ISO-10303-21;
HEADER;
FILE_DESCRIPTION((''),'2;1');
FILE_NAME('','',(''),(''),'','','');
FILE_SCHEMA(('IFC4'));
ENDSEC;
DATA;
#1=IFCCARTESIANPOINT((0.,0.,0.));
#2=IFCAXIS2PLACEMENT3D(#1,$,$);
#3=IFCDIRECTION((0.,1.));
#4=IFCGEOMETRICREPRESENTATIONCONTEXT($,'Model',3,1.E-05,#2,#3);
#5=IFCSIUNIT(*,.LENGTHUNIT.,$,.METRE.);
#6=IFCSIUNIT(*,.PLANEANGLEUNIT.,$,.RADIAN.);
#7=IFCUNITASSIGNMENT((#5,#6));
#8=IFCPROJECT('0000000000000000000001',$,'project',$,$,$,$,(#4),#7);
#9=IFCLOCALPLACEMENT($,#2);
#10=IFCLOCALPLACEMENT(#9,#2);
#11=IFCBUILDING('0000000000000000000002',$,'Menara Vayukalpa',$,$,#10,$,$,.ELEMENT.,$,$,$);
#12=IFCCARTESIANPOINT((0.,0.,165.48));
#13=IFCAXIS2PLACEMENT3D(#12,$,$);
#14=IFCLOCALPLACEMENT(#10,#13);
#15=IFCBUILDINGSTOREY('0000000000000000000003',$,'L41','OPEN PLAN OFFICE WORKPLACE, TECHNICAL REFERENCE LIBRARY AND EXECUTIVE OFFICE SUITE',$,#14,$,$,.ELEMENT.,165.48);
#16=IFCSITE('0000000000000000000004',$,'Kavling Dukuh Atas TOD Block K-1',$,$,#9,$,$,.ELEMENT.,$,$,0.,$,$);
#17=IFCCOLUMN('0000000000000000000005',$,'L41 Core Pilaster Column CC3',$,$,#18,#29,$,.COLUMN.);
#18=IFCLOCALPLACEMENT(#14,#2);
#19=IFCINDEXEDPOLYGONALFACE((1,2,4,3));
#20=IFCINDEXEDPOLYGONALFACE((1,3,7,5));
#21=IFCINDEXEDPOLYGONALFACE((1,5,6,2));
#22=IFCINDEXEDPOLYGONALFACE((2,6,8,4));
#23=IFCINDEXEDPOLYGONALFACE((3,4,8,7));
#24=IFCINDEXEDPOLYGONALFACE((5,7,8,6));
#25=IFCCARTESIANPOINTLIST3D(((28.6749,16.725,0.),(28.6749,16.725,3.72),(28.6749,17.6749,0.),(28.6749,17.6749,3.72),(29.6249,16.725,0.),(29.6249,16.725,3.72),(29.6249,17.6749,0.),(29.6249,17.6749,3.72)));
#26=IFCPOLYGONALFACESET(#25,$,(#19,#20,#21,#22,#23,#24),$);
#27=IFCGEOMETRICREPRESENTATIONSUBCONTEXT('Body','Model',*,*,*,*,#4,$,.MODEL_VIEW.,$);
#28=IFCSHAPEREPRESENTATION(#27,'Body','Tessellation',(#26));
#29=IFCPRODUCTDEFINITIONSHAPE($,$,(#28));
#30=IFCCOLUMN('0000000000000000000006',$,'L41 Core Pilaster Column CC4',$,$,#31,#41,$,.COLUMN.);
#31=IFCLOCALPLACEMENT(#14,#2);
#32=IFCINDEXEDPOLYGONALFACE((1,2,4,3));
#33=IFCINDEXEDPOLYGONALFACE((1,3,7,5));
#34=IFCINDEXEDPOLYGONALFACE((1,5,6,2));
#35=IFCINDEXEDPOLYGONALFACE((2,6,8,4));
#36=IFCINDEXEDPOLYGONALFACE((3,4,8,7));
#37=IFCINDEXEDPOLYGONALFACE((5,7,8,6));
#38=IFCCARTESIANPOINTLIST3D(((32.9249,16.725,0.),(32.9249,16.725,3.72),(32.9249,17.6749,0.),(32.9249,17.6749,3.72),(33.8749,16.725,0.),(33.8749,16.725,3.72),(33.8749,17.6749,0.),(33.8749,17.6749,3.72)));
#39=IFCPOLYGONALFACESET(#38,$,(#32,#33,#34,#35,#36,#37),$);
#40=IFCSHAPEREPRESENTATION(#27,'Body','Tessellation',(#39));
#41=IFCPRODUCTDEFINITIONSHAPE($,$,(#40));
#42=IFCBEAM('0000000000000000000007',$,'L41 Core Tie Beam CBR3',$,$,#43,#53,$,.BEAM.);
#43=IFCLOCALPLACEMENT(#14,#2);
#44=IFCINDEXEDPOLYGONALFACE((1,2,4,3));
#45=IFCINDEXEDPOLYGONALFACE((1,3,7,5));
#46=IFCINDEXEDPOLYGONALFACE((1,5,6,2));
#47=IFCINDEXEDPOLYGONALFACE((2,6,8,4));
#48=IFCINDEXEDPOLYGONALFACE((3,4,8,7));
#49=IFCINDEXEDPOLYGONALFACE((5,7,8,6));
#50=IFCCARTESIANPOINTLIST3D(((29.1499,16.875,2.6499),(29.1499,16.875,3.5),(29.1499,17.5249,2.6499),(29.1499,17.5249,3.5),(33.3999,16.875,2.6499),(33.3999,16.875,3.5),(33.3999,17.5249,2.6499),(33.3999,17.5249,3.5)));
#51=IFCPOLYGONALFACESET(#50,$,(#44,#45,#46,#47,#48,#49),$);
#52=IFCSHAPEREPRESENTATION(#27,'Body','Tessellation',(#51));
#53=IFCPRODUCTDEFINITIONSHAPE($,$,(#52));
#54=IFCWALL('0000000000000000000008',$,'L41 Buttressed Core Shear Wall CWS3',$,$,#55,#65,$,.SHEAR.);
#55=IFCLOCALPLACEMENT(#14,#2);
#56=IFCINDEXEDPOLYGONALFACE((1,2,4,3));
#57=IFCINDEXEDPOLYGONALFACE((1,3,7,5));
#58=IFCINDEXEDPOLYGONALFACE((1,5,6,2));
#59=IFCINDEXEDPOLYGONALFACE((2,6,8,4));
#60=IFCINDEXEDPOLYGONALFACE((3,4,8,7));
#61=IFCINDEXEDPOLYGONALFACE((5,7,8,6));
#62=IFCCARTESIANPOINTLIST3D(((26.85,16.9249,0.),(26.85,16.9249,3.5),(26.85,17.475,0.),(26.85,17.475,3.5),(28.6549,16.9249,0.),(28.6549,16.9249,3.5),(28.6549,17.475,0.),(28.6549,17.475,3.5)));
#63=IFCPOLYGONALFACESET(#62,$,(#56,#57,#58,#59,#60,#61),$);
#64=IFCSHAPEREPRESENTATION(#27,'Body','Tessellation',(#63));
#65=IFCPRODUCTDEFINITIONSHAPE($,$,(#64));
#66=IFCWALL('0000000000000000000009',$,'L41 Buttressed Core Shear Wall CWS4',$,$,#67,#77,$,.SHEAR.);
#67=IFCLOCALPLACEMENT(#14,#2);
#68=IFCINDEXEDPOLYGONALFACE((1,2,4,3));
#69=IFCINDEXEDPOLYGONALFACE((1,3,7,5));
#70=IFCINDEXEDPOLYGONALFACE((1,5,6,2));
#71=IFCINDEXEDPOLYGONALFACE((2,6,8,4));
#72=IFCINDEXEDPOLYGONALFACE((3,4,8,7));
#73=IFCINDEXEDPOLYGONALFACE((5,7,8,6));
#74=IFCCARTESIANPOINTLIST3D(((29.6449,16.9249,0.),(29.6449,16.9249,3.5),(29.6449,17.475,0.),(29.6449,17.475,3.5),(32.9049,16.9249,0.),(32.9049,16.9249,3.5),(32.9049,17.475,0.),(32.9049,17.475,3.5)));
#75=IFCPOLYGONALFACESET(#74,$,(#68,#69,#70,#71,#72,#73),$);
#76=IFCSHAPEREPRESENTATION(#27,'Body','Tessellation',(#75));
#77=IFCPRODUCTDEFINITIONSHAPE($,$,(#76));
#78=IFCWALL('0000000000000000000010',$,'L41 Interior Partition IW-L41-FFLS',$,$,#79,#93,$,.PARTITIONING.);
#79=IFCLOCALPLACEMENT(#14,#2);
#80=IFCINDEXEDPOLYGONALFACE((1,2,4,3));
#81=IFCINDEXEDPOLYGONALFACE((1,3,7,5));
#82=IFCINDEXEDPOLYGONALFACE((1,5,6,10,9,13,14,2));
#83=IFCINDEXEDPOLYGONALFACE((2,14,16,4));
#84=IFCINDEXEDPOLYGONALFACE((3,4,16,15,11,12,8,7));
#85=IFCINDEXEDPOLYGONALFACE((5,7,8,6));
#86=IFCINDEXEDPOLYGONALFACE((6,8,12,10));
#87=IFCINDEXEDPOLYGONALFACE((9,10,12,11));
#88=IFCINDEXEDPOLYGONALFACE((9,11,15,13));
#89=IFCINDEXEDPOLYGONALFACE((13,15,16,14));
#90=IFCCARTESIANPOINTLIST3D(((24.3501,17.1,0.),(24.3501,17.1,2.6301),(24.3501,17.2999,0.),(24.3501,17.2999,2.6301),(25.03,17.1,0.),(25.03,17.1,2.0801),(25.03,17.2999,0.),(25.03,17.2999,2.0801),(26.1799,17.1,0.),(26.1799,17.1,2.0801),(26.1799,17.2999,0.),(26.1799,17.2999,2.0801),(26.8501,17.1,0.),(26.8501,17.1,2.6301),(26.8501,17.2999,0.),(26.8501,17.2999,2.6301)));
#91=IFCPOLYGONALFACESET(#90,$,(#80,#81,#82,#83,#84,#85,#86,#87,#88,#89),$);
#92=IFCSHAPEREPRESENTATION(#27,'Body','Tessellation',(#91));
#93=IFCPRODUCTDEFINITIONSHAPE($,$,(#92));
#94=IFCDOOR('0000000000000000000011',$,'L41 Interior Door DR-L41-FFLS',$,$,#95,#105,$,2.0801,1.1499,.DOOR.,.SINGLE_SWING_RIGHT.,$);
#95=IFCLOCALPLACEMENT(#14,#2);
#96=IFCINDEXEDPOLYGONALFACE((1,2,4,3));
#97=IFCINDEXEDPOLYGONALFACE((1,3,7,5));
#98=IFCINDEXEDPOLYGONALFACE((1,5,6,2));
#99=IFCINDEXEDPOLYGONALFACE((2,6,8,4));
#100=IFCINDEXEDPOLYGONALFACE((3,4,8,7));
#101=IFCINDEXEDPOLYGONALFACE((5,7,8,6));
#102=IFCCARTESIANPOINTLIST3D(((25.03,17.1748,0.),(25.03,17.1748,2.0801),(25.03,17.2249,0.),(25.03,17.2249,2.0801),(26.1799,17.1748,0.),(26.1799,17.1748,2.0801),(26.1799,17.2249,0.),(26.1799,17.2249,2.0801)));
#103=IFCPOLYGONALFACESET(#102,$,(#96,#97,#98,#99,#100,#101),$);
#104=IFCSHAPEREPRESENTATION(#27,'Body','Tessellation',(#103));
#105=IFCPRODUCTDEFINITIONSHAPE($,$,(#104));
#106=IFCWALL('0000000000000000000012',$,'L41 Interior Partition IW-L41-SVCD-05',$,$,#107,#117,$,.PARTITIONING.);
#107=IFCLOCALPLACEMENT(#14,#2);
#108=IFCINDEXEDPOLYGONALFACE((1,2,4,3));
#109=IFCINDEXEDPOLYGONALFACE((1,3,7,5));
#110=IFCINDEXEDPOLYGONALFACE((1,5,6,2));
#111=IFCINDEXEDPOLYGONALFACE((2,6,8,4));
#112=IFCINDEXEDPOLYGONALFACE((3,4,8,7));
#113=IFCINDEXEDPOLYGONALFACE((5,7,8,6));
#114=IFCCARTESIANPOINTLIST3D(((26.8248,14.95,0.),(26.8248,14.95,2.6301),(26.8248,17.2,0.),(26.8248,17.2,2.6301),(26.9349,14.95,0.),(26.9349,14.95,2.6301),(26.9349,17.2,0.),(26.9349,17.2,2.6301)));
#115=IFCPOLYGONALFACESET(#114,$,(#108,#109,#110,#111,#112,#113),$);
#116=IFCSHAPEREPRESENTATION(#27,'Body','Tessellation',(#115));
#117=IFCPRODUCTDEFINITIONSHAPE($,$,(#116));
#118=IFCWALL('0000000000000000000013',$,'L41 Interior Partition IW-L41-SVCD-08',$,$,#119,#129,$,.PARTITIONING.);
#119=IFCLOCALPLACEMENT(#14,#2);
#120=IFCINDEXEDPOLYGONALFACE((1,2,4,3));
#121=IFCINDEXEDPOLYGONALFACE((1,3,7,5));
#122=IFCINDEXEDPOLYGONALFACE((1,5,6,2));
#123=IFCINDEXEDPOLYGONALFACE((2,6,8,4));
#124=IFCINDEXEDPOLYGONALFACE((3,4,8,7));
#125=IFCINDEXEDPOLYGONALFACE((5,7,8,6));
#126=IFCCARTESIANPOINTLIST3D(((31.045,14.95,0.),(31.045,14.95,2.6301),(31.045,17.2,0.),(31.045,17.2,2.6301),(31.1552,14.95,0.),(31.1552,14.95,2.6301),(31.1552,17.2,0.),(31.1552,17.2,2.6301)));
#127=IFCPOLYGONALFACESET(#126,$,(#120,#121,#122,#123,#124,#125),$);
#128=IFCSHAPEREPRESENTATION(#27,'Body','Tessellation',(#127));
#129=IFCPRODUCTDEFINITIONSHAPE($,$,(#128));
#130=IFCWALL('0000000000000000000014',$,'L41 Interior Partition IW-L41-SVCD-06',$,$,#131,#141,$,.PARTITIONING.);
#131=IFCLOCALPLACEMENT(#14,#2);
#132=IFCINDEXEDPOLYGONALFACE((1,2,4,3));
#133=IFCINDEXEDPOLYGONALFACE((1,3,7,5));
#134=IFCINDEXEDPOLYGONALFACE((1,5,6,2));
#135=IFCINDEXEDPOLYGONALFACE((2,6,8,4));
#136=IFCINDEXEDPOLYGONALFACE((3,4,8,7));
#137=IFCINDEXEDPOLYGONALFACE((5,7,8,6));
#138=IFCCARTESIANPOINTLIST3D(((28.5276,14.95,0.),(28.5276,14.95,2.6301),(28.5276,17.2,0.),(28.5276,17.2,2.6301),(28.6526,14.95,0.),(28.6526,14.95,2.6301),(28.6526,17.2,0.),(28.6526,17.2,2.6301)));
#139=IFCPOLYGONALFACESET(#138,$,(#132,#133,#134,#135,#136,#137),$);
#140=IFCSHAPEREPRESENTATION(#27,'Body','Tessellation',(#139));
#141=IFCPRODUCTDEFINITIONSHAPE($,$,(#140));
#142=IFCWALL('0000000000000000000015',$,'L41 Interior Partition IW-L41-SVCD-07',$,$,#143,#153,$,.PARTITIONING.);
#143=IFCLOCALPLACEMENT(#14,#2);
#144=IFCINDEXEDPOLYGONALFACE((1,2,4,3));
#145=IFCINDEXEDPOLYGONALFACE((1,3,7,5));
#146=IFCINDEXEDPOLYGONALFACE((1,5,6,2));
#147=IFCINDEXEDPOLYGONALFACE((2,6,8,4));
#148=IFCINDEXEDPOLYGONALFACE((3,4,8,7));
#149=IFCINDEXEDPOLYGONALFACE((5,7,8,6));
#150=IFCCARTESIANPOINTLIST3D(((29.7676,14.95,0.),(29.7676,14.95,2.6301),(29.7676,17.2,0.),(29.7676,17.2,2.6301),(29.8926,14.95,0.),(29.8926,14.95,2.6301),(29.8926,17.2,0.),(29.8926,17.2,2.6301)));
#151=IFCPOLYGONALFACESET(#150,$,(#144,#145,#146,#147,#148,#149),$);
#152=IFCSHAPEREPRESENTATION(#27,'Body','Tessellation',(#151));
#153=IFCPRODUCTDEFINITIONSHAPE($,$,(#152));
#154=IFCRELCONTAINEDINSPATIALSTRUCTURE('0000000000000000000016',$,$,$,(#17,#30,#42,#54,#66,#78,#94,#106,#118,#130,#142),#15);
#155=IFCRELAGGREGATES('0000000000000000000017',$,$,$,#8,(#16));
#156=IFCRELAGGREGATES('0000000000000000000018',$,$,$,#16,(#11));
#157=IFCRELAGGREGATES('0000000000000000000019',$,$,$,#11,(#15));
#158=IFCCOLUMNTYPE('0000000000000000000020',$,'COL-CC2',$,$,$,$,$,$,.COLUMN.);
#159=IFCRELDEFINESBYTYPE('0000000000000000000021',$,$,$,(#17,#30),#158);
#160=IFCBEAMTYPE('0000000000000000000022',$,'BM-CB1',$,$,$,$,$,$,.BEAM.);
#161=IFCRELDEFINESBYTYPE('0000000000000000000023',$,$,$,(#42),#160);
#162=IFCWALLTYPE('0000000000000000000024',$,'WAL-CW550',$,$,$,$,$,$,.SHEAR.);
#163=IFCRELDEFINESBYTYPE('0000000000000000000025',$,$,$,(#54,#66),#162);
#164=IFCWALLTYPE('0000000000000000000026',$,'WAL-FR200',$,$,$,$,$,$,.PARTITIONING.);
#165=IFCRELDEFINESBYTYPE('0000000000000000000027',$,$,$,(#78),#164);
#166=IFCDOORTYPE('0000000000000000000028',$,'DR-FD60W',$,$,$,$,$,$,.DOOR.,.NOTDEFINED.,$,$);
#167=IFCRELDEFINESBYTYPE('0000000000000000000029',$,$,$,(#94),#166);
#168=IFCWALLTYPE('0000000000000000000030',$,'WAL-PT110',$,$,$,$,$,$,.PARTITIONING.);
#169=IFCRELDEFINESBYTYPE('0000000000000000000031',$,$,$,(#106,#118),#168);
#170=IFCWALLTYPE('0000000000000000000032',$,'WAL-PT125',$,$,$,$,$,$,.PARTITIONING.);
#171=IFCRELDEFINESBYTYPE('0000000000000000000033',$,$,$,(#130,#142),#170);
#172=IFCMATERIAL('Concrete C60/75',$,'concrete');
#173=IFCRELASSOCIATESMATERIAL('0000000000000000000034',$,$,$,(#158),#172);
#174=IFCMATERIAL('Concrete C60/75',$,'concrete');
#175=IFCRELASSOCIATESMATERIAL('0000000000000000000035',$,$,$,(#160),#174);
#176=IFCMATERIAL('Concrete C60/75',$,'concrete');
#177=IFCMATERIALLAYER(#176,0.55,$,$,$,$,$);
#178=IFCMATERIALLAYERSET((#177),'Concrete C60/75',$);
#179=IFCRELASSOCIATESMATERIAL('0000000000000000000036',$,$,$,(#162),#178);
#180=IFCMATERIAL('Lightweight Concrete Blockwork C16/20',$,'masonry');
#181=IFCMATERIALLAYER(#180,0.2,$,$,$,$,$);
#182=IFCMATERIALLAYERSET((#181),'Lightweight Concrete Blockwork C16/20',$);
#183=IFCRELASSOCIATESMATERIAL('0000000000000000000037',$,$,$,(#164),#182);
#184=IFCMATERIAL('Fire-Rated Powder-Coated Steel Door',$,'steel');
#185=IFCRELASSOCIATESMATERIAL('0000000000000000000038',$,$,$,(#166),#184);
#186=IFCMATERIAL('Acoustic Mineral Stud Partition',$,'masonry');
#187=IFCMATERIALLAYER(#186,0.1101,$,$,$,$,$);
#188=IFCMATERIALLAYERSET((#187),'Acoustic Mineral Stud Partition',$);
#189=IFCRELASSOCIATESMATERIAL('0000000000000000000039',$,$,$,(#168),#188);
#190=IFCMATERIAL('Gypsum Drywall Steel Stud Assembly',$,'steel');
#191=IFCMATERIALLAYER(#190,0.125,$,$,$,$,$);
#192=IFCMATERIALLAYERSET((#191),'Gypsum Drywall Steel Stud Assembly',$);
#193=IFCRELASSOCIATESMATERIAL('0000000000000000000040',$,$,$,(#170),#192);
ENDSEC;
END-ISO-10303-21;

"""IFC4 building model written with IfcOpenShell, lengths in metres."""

from ifc_helpers import new_model, si_unit, direction, frame, frame_2d, origin, origin_2d, place, context, subcontext, project, spatial, rectangle, extrude, material, layer, layer_set, material_profile, profile_set, type_object, element, fill, save


model = new_model("IFC4")

# Units and contexts
model_context = context("Model", 3, precision=1e-05, world=origin(), true_north=direction((0.0, 1.0)))
body_context = subcontext(model_context, "Body", "Model", "MODEL_VIEW")
ifc_project = project(units=[si_unit("LENGTHUNIT", "METRE"), si_unit("PLANEANGLEUNIT", "RADIAN")], contexts=[model_context])

# Site, building, storey
site_placement = place(None, origin())
site = spatial("IfcSite", under=ifc_project, at=site_placement, Name="Kavling Dukuh Atas TOD Block K-1", CompositionType="ELEMENT", RefElevation=0.0)
building_placement = place(site_placement, origin())
building = spatial("IfcBuilding", under=site, at=building_placement, Name="Menara Vayukalpa", CompositionType="ELEMENT")
storey_placement = place(building_placement, frame((0.0, 0.0, 165.48)))
storey = spatial("IfcBuildingStorey", under=building, at=storey_placement, Name="L41", Description="OPEN PLAN OFFICE WORKPLACE, TECHNICAL REFERENCE LIBRARY AND EXECUTIVE OFFICE SUITE", CompositionType="ELEMENT", Elevation=165.48)

# Columns
ifc_material_1 = material(Name="Concrete C60/75", Category="concrete")
ifc_material_profile_1 = material_profile(ifc_material_1, rectangle(XDim=0.95, YDim=0.95, at=origin_2d()), Name="RC 950x950")
ifc_profile_set_1 = profile_set([ifc_material_profile_1], Name="Concrete C60/75")
column_type = type_object("IfcColumnType", Name="COL-CC2", PredefinedType="COLUMN", material=ifc_profile_set_1)
for number, where, z_axis, x_axis, name in (
    (1, (29.1499, 17.2, 0.0), (0.0, 0.0, 1.0), (1.0, 0.0, 0.0), "L41 Core Pilaster Column CC3"),
    (2, (33.3999, 17.2, 0.0), (0.0, 0.0, 1.0), (1.0, 0.0, 0.0), "L41 Core Pilaster Column CC4"),
):
    element("IfcColumn", number, at=place(storey_placement, frame(where, z_axis=z_axis, x_axis=x_axis)), inside=storey, type_object=column_type, Name=name, PredefinedType="COLUMN", context=body_context, shape_type="SweptSolid", body=[
        extrude(rectangle(XDim=0.95, YDim=0.95, at=origin_2d()), origin(), (0.0, 0.0, 1.0), 3.72),
    ])

# Beam
ifc_material_2 = material(Name="Concrete C60/75", Category="concrete")
ifc_material_profile_2 = material_profile(ifc_material_2, rectangle(XDim=0.6499, YDim=0.8501, at=origin_2d()), Name="RC 650x850")
ifc_profile_set_2 = profile_set([ifc_material_profile_2], Name="Concrete C60/75")
beam_type = type_object("IfcBeamType", Name="BM-CB1", PredefinedType="BEAM", material=ifc_profile_set_2)
beam_placement = place(storey_placement, frame((29.1499, 17.2, 3.075), z_axis=(1.0, 0.0, 0.0), x_axis=(0.0, 1.0, 0.0)))
element("IfcBeam", 3, at=beam_placement, inside=storey, type_object=beam_type, Name="L41 Core Tie Beam CBR3", PredefinedType="BEAM", context=body_context, shape_type="SweptSolid", body=[
    extrude(rectangle(XDim=0.6499, YDim=0.8501, at=origin_2d()), origin(), (0.0, 0.0, 1.0), 4.25),
])

# Walls
ifc_material_3 = material(Name="Concrete C60/75", Category="concrete")
ifc_layer_1 = layer(ifc_material_3, 0.55)
ifc_layer_set_1 = layer_set([ifc_layer_1], Name="Concrete C60/75")
wall_type_1 = type_object("IfcWallType", Name="WAL-CW550", PredefinedType="SHEAR", material=ifc_layer_set_1)
wall_1_placement = place(storey_placement, frame((26.8501, 17.2, 0.0), z_axis=(0.0, 0.0, 1.0), x_axis=(1.0, 0.0, 0.0)))
element("IfcWall", 4, at=wall_1_placement, inside=storey, type_object=wall_type_1, Name="L41 Buttressed Core Shear Wall CWS3", PredefinedType="SHEAR", context=body_context, shape_type="SweptSolid", body=[
    extrude(rectangle(XDim=1.8049, YDim=0.55, at=frame_2d((0.9023, 0.0))), origin(), (0.0, 0.0, 1.0), 3.5),
])
wall_2_placement = place(storey_placement, frame((29.645, 17.2, 0.0), z_axis=(0.0, 0.0, 1.0), x_axis=(1.0, 0.0, 0.0)))
element("IfcWall", 5, at=wall_2_placement, inside=storey, type_object=wall_type_1, Name="L41 Buttressed Core Shear Wall CWS4", PredefinedType="SHEAR", context=body_context, shape_type="SweptSolid", body=[
    extrude(rectangle(XDim=3.26, YDim=0.55, at=frame_2d((1.6299, 0.0))), origin(), (0.0, 0.0, 1.0), 3.5),
])

# Wall, opening, door
ifc_material_4 = material(Name="Lightweight Concrete Blockwork C16/20", Category="masonry")
ifc_layer_2 = layer(ifc_material_4, 0.2)
ifc_layer_set_2 = layer_set([ifc_layer_2], Name="Lightweight Concrete Blockwork C16/20")
wall_type_2 = type_object("IfcWallType", Name="WAL-FR200", PredefinedType="PARTITIONING", material=ifc_layer_set_2)
wall_3_placement = place(storey_placement, frame((24.3501, 17.2, 0.0), z_axis=(0.0, 0.0, 1.0), x_axis=(1.0, 0.0, 0.0)))
wall_3 = element("IfcWall", 6, at=wall_3_placement, inside=storey, type_object=wall_type_2, Name="L41 Interior Partition IW-L41-FFLS", PredefinedType="PARTITIONING", context=body_context, shape_type="SweptSolid", body=[
    extrude(rectangle(XDim=2.5, YDim=0.2, at=frame_2d((1.25, 0.0))), origin(), (0.0, 0.0, 1.0), 2.6301),
])
opening_1_placement = place(wall_3_placement, frame((0.6799, 0.0, 0.0)))
opening_1 = element("IfcOpeningElement", 7, at=opening_1_placement, cuts=wall_3, PredefinedType="OPENING", context=body_context, shape_type="SweptSolid", body=[
    extrude(rectangle(XDim=1.1499, YDim=2.0801, at=frame_2d((0.575, 1.04))), frame((0.0, 0.1099, 0.0), z_axis=(0.0, -1.0, 0.0), x_axis=(1.0, 0.0, 0.0)), (0.0, 0.0, 1.0), 0.22),
])
ifc_material_5 = material(Name="Fire-Rated Powder-Coated Steel Door", Category="steel")
door_type_1 = type_object("IfcDoorType", Name="DR-FD60W", OperationType="NOTDEFINED", PredefinedType="DOOR", material=ifc_material_5)
door_1_placement = place(opening_1_placement, origin())
door_1 = element("IfcDoor", 8, at=door_1_placement, inside=storey, type_object=door_type_1, Name="L41 Interior Door DR-L41-FFLS", OperationType="SINGLE_SWING_RIGHT", OverallHeight=2.0801, OverallWidth=1.1499, PredefinedType="DOOR", context=body_context, shape_type="SweptSolid", body=[
    extrude(rectangle(XDim=1.1499, YDim=2.0801, at=frame_2d((0.575, 1.04))), frame((0.0, 0.0249, 0.0), z_axis=(0.0, -1.0, 0.0), x_axis=(1.0, 0.0, 0.0)), (0.0, 0.0, 1.0), 0.05),
])
fill(opening_1, door_1)

# Walls
ifc_material_6 = material(Name="Acoustic Mineral Stud Partition", Category="masonry")
ifc_layer_3 = layer(ifc_material_6, 0.1101)
ifc_layer_set_3 = layer_set([ifc_layer_3], Name="Acoustic Mineral Stud Partition")
wall_type_3 = type_object("IfcWallType", Name="WAL-PT110", PredefinedType="PARTITIONING", material=ifc_layer_set_3)
for number, where, z_axis, x_axis, name in (
    (9, (26.8799, 14.95, 0.0), (0.0, 0.0, 1.0), (0.0, 1.0, 0.0), "L41 Interior Partition IW-L41-SVCD-05"),
    (10, (31.1001, 14.95, 0.0), (0.0, 0.0, 1.0), (0.0, 1.0, 0.0), "L41 Interior Partition IW-L41-SVCD-08"),
):
    element("IfcWall", number, at=place(storey_placement, frame(where, z_axis=z_axis, x_axis=x_axis)), inside=storey, type_object=wall_type_3, Name=name, PredefinedType="PARTITIONING", context=body_context, shape_type="SweptSolid", body=[
        extrude(rectangle(XDim=2.25, YDim=0.1101, at=frame_2d((1.125, 0.0))), origin(), (0.0, 0.0, 1.0), 2.6301),
    ])
ifc_material_7 = material(Name="Gypsum Drywall Steel Stud Assembly", Category="steel")
ifc_layer_4 = layer(ifc_material_7, 0.125)
ifc_layer_set_4 = layer_set([ifc_layer_4], Name="Gypsum Drywall Steel Stud Assembly")
wall_type_4 = type_object("IfcWallType", Name="WAL-PT125", PredefinedType="PARTITIONING", material=ifc_layer_set_4)
for number, where, z_axis, x_axis, name in (
    (11, (28.5901, 14.95, 0.0), (0.0, 0.0, 1.0), (0.0, 1.0, 0.0), "L41 Interior Partition IW-L41-SVCD-06"),
    (12, (29.8301, 14.95, 0.0), (0.0, 0.0, 1.0), (0.0, 1.0, 0.0), "L41 Interior Partition IW-L41-SVCD-07"),
):
    element("IfcWall", number, at=place(storey_placement, frame(where, z_axis=z_axis, x_axis=x_axis)), inside=storey, type_object=wall_type_4, Name=name, PredefinedType="PARTITIONING", context=body_context, shape_type="SweptSolid", body=[
        extrude(rectangle(XDim=2.25, YDim=0.125, at=frame_2d((1.125, 0.0))), origin(), (0.0, 0.0, 1.0), 2.6301),
    ])

save(model, "model.ifc")
